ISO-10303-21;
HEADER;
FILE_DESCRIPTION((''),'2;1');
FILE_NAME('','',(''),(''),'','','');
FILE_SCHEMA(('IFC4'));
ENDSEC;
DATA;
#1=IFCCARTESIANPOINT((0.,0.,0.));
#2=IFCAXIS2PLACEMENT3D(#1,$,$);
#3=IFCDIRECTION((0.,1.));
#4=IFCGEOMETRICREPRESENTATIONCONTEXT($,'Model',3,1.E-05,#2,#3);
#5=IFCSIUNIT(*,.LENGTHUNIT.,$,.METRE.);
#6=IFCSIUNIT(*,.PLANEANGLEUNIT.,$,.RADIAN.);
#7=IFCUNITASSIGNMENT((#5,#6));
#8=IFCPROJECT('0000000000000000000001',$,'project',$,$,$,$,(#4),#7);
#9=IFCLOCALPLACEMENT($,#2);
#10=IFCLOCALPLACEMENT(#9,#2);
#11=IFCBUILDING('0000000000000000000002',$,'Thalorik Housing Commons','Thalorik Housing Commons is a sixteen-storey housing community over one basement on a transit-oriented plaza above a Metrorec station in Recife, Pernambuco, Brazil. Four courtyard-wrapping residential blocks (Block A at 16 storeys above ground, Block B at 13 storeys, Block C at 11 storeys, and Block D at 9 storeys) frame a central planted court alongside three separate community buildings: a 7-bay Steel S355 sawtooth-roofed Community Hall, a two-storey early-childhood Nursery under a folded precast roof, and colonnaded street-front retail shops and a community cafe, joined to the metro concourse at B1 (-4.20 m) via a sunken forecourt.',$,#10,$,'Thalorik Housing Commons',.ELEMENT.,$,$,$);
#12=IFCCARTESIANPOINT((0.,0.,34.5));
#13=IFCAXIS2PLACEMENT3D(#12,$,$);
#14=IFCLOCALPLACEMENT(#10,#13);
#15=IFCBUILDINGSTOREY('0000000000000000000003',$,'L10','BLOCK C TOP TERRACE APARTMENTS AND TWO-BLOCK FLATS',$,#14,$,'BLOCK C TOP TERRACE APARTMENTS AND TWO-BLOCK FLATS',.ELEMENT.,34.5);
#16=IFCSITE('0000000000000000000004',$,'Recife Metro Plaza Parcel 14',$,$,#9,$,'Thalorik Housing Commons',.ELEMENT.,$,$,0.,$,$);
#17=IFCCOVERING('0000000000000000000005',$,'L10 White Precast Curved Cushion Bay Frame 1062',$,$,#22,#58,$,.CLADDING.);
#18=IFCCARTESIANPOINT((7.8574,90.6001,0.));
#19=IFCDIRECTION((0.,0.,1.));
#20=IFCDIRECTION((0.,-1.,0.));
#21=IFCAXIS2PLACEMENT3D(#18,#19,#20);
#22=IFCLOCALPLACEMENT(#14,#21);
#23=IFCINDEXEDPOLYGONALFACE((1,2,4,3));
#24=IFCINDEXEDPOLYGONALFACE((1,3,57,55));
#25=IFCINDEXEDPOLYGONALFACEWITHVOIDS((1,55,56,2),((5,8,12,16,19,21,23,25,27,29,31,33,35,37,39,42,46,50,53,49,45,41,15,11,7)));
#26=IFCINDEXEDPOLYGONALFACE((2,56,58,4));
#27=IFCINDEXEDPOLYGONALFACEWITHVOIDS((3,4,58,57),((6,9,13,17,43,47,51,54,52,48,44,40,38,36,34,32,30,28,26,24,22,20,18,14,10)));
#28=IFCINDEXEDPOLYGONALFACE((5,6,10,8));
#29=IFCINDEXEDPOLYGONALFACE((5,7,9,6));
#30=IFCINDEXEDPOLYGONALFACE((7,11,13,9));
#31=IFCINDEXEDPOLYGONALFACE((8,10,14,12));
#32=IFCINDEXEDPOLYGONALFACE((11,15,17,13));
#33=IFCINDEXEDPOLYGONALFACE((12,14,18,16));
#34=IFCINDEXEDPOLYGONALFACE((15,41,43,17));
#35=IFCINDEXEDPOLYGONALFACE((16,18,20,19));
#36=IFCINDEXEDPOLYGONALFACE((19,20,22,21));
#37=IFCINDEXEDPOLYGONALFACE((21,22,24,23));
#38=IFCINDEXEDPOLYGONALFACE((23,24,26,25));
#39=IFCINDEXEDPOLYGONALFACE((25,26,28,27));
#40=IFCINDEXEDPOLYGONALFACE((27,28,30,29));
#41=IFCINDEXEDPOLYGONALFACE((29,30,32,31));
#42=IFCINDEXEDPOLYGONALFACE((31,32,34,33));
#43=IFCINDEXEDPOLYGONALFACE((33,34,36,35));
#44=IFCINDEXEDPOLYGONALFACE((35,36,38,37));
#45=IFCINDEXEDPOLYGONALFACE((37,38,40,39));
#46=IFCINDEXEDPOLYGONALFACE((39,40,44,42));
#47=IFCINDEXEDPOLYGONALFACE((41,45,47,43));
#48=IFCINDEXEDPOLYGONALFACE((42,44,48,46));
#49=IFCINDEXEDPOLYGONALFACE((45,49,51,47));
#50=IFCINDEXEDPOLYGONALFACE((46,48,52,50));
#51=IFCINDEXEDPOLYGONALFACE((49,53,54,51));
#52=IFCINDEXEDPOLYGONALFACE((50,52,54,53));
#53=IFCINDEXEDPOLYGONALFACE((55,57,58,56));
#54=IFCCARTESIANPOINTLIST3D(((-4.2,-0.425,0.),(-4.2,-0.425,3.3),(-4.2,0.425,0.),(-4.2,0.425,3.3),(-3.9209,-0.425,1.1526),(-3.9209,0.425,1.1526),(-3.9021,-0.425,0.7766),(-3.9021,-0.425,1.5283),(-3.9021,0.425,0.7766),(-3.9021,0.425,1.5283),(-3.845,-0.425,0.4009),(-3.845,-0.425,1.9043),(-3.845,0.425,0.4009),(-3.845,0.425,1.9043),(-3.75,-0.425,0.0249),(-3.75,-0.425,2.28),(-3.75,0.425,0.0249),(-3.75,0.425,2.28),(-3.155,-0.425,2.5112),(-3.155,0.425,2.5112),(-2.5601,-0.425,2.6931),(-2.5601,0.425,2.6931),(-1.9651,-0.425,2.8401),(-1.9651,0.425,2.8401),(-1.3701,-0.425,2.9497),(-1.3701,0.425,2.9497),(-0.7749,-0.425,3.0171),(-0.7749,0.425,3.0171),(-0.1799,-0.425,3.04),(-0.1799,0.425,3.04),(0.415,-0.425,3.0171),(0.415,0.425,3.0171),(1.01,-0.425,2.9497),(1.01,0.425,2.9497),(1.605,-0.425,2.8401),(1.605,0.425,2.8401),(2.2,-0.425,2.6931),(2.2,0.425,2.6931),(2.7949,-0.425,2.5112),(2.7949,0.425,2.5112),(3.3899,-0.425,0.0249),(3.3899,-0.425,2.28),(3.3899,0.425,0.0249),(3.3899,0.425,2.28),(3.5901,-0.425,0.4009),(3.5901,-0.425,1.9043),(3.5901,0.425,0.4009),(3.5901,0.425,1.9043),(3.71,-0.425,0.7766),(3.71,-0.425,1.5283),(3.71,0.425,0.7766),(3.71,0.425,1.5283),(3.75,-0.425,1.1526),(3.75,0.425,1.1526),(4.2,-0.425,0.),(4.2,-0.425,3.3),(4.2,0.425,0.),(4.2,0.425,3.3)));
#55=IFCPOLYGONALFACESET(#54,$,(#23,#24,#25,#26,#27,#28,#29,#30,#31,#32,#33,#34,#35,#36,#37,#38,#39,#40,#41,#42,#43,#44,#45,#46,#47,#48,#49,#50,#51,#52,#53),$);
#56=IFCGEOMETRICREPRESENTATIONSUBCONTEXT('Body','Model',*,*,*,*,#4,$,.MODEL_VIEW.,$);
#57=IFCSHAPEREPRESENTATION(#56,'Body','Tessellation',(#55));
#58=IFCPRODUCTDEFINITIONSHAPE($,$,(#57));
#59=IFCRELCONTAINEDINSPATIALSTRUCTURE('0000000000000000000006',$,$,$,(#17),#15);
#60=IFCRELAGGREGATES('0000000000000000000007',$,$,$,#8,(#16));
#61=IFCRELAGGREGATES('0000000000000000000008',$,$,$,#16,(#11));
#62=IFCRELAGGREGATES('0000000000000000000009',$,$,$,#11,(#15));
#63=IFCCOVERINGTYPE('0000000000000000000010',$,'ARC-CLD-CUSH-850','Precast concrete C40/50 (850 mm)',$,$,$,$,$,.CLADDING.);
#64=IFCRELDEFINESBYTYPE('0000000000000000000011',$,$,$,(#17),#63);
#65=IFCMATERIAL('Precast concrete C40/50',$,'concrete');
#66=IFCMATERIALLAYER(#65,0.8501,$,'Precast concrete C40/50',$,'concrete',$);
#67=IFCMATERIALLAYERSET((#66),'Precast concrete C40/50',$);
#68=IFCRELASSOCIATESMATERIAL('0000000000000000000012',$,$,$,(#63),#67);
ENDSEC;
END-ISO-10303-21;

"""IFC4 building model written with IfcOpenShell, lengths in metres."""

from ifc_helpers import new_model, si_unit, direction, frame, origin, place, context, subcontext, project, spatial, polyline, outline, extrude, material, layer, layer_set, type_object, element, save


model = new_model("IFC4")

# Units and contexts
model_context = context("Model", 3, precision=1e-05, world=origin(), true_north=direction((0.0, 1.0)))
body_context = subcontext(model_context, "Body", "Model", "MODEL_VIEW")
ifc_project = project(units=[si_unit("LENGTHUNIT", "METRE"), si_unit("PLANEANGLEUNIT", "RADIAN")], contexts=[model_context])

# Site, building, storey
site_placement = place(None, origin())
site = spatial("IfcSite", under=ifc_project, at=site_placement, Name="Recife Metro Plaza Parcel 14", LongName="Thalorik Housing Commons", CompositionType="ELEMENT", RefElevation=0.0)
building_placement = place(site_placement, origin())
building = spatial("IfcBuilding", under=site, at=building_placement, Name="Thalorik Housing Commons", Description="Thalorik Housing Commons is a sixteen-storey housing community over one basement on a transit-oriented plaza above a Metrorec station in Recife, Pernambuco, Brazil. Four courtyard-wrapping residential blocks (Block A at 16 storeys above ground, Block B at 13 storeys, Block C at 11 storeys, and Block D at 9 storeys) frame a central planted court alongside three separate community buildings: a 7-bay Steel S355 sawtooth-roofed Community Hall, a two-storey early-childhood Nursery under a folded precast roof, and colonnaded street-front retail shops and a community cafe, joined to the metro concourse at B1 (-4.20 m) via a sunken forecourt.", LongName="Thalorik Housing Commons", CompositionType="ELEMENT")
storey_placement = place(building_placement, frame((0.0, 0.0, 34.5)))
storey = spatial("IfcBuildingStorey", under=building, at=storey_placement, Name="L10", Description="BLOCK C TOP TERRACE APARTMENTS AND TWO-BLOCK FLATS", LongName="BLOCK C TOP TERRACE APARTMENTS AND TWO-BLOCK FLATS", CompositionType="ELEMENT", Elevation=34.5)

# Shared definitions
ifc_material_1 = material(Name="Precast concrete C40/50", Category="concrete")

# Covering
ifc_layer_1 = layer(ifc_material_1, 0.8501, Name="Precast concrete C40/50", Category="concrete")
ifc_layer_set_1 = layer_set([ifc_layer_1], Name="Precast concrete C40/50")
covering_type_1 = type_object("IfcCoveringType", Name="ARC-CLD-CUSH-850", Description="Precast concrete C40/50 (850 mm)", PredefinedType="CLADDING", material=ifc_layer_set_1)
covering_1_placement = place(storey_placement, frame((7.8574, 90.6001, 0.0), z_axis=(0.0, 0.0, 1.0), x_axis=(0.0, -1.0, 0.0)))
element("IfcCovering", 1, at=covering_1_placement, inside=storey, type_object=covering_type_1, Name="L10 White Precast Curved Cushion Bay Frame 1062", PredefinedType="CLADDING", context=body_context, shape_type="SweptSolid", body=[
    extrude(outline(polyline([(-4.2, 0.0), (4.2, 0.0), (4.2, 3.3), (-4.2, 3.3), (-4.2, 0.0)]), holes=[polyline([(3.3899, 0.0249), (3.5901, 0.4009), (3.71, 0.7766), (3.75, 1.1526), (3.71, 1.5283), (3.5901, 1.9043), (3.3899, 2.28), (2.7949, 2.5112), (2.2, 2.6931), (1.605, 2.8401), (1.01, 2.9497), (0.415, 3.0171), (-0.1799, 3.04), (-0.7749, 3.0171), (-1.3701, 2.9497), (-1.9651, 2.8401), (-2.5601, 2.6931), (-3.155, 2.5112), (-3.75, 2.28), (-3.845, 1.9043), (-3.9021, 1.5283), (-3.9209, 1.1526), (-3.9021, 0.7766), (-3.845, 0.4009), (-3.75, 0.0249), (3.3899, 0.0249)])]), frame((0.0, 0.425, 0.0), z_axis=(0.0, -1.0, 0.0), x_axis=(1.0, 0.0, 0.0)), (0.0, 0.0, 1.0), 0.8501),
])

save(model, "model.ifc")
